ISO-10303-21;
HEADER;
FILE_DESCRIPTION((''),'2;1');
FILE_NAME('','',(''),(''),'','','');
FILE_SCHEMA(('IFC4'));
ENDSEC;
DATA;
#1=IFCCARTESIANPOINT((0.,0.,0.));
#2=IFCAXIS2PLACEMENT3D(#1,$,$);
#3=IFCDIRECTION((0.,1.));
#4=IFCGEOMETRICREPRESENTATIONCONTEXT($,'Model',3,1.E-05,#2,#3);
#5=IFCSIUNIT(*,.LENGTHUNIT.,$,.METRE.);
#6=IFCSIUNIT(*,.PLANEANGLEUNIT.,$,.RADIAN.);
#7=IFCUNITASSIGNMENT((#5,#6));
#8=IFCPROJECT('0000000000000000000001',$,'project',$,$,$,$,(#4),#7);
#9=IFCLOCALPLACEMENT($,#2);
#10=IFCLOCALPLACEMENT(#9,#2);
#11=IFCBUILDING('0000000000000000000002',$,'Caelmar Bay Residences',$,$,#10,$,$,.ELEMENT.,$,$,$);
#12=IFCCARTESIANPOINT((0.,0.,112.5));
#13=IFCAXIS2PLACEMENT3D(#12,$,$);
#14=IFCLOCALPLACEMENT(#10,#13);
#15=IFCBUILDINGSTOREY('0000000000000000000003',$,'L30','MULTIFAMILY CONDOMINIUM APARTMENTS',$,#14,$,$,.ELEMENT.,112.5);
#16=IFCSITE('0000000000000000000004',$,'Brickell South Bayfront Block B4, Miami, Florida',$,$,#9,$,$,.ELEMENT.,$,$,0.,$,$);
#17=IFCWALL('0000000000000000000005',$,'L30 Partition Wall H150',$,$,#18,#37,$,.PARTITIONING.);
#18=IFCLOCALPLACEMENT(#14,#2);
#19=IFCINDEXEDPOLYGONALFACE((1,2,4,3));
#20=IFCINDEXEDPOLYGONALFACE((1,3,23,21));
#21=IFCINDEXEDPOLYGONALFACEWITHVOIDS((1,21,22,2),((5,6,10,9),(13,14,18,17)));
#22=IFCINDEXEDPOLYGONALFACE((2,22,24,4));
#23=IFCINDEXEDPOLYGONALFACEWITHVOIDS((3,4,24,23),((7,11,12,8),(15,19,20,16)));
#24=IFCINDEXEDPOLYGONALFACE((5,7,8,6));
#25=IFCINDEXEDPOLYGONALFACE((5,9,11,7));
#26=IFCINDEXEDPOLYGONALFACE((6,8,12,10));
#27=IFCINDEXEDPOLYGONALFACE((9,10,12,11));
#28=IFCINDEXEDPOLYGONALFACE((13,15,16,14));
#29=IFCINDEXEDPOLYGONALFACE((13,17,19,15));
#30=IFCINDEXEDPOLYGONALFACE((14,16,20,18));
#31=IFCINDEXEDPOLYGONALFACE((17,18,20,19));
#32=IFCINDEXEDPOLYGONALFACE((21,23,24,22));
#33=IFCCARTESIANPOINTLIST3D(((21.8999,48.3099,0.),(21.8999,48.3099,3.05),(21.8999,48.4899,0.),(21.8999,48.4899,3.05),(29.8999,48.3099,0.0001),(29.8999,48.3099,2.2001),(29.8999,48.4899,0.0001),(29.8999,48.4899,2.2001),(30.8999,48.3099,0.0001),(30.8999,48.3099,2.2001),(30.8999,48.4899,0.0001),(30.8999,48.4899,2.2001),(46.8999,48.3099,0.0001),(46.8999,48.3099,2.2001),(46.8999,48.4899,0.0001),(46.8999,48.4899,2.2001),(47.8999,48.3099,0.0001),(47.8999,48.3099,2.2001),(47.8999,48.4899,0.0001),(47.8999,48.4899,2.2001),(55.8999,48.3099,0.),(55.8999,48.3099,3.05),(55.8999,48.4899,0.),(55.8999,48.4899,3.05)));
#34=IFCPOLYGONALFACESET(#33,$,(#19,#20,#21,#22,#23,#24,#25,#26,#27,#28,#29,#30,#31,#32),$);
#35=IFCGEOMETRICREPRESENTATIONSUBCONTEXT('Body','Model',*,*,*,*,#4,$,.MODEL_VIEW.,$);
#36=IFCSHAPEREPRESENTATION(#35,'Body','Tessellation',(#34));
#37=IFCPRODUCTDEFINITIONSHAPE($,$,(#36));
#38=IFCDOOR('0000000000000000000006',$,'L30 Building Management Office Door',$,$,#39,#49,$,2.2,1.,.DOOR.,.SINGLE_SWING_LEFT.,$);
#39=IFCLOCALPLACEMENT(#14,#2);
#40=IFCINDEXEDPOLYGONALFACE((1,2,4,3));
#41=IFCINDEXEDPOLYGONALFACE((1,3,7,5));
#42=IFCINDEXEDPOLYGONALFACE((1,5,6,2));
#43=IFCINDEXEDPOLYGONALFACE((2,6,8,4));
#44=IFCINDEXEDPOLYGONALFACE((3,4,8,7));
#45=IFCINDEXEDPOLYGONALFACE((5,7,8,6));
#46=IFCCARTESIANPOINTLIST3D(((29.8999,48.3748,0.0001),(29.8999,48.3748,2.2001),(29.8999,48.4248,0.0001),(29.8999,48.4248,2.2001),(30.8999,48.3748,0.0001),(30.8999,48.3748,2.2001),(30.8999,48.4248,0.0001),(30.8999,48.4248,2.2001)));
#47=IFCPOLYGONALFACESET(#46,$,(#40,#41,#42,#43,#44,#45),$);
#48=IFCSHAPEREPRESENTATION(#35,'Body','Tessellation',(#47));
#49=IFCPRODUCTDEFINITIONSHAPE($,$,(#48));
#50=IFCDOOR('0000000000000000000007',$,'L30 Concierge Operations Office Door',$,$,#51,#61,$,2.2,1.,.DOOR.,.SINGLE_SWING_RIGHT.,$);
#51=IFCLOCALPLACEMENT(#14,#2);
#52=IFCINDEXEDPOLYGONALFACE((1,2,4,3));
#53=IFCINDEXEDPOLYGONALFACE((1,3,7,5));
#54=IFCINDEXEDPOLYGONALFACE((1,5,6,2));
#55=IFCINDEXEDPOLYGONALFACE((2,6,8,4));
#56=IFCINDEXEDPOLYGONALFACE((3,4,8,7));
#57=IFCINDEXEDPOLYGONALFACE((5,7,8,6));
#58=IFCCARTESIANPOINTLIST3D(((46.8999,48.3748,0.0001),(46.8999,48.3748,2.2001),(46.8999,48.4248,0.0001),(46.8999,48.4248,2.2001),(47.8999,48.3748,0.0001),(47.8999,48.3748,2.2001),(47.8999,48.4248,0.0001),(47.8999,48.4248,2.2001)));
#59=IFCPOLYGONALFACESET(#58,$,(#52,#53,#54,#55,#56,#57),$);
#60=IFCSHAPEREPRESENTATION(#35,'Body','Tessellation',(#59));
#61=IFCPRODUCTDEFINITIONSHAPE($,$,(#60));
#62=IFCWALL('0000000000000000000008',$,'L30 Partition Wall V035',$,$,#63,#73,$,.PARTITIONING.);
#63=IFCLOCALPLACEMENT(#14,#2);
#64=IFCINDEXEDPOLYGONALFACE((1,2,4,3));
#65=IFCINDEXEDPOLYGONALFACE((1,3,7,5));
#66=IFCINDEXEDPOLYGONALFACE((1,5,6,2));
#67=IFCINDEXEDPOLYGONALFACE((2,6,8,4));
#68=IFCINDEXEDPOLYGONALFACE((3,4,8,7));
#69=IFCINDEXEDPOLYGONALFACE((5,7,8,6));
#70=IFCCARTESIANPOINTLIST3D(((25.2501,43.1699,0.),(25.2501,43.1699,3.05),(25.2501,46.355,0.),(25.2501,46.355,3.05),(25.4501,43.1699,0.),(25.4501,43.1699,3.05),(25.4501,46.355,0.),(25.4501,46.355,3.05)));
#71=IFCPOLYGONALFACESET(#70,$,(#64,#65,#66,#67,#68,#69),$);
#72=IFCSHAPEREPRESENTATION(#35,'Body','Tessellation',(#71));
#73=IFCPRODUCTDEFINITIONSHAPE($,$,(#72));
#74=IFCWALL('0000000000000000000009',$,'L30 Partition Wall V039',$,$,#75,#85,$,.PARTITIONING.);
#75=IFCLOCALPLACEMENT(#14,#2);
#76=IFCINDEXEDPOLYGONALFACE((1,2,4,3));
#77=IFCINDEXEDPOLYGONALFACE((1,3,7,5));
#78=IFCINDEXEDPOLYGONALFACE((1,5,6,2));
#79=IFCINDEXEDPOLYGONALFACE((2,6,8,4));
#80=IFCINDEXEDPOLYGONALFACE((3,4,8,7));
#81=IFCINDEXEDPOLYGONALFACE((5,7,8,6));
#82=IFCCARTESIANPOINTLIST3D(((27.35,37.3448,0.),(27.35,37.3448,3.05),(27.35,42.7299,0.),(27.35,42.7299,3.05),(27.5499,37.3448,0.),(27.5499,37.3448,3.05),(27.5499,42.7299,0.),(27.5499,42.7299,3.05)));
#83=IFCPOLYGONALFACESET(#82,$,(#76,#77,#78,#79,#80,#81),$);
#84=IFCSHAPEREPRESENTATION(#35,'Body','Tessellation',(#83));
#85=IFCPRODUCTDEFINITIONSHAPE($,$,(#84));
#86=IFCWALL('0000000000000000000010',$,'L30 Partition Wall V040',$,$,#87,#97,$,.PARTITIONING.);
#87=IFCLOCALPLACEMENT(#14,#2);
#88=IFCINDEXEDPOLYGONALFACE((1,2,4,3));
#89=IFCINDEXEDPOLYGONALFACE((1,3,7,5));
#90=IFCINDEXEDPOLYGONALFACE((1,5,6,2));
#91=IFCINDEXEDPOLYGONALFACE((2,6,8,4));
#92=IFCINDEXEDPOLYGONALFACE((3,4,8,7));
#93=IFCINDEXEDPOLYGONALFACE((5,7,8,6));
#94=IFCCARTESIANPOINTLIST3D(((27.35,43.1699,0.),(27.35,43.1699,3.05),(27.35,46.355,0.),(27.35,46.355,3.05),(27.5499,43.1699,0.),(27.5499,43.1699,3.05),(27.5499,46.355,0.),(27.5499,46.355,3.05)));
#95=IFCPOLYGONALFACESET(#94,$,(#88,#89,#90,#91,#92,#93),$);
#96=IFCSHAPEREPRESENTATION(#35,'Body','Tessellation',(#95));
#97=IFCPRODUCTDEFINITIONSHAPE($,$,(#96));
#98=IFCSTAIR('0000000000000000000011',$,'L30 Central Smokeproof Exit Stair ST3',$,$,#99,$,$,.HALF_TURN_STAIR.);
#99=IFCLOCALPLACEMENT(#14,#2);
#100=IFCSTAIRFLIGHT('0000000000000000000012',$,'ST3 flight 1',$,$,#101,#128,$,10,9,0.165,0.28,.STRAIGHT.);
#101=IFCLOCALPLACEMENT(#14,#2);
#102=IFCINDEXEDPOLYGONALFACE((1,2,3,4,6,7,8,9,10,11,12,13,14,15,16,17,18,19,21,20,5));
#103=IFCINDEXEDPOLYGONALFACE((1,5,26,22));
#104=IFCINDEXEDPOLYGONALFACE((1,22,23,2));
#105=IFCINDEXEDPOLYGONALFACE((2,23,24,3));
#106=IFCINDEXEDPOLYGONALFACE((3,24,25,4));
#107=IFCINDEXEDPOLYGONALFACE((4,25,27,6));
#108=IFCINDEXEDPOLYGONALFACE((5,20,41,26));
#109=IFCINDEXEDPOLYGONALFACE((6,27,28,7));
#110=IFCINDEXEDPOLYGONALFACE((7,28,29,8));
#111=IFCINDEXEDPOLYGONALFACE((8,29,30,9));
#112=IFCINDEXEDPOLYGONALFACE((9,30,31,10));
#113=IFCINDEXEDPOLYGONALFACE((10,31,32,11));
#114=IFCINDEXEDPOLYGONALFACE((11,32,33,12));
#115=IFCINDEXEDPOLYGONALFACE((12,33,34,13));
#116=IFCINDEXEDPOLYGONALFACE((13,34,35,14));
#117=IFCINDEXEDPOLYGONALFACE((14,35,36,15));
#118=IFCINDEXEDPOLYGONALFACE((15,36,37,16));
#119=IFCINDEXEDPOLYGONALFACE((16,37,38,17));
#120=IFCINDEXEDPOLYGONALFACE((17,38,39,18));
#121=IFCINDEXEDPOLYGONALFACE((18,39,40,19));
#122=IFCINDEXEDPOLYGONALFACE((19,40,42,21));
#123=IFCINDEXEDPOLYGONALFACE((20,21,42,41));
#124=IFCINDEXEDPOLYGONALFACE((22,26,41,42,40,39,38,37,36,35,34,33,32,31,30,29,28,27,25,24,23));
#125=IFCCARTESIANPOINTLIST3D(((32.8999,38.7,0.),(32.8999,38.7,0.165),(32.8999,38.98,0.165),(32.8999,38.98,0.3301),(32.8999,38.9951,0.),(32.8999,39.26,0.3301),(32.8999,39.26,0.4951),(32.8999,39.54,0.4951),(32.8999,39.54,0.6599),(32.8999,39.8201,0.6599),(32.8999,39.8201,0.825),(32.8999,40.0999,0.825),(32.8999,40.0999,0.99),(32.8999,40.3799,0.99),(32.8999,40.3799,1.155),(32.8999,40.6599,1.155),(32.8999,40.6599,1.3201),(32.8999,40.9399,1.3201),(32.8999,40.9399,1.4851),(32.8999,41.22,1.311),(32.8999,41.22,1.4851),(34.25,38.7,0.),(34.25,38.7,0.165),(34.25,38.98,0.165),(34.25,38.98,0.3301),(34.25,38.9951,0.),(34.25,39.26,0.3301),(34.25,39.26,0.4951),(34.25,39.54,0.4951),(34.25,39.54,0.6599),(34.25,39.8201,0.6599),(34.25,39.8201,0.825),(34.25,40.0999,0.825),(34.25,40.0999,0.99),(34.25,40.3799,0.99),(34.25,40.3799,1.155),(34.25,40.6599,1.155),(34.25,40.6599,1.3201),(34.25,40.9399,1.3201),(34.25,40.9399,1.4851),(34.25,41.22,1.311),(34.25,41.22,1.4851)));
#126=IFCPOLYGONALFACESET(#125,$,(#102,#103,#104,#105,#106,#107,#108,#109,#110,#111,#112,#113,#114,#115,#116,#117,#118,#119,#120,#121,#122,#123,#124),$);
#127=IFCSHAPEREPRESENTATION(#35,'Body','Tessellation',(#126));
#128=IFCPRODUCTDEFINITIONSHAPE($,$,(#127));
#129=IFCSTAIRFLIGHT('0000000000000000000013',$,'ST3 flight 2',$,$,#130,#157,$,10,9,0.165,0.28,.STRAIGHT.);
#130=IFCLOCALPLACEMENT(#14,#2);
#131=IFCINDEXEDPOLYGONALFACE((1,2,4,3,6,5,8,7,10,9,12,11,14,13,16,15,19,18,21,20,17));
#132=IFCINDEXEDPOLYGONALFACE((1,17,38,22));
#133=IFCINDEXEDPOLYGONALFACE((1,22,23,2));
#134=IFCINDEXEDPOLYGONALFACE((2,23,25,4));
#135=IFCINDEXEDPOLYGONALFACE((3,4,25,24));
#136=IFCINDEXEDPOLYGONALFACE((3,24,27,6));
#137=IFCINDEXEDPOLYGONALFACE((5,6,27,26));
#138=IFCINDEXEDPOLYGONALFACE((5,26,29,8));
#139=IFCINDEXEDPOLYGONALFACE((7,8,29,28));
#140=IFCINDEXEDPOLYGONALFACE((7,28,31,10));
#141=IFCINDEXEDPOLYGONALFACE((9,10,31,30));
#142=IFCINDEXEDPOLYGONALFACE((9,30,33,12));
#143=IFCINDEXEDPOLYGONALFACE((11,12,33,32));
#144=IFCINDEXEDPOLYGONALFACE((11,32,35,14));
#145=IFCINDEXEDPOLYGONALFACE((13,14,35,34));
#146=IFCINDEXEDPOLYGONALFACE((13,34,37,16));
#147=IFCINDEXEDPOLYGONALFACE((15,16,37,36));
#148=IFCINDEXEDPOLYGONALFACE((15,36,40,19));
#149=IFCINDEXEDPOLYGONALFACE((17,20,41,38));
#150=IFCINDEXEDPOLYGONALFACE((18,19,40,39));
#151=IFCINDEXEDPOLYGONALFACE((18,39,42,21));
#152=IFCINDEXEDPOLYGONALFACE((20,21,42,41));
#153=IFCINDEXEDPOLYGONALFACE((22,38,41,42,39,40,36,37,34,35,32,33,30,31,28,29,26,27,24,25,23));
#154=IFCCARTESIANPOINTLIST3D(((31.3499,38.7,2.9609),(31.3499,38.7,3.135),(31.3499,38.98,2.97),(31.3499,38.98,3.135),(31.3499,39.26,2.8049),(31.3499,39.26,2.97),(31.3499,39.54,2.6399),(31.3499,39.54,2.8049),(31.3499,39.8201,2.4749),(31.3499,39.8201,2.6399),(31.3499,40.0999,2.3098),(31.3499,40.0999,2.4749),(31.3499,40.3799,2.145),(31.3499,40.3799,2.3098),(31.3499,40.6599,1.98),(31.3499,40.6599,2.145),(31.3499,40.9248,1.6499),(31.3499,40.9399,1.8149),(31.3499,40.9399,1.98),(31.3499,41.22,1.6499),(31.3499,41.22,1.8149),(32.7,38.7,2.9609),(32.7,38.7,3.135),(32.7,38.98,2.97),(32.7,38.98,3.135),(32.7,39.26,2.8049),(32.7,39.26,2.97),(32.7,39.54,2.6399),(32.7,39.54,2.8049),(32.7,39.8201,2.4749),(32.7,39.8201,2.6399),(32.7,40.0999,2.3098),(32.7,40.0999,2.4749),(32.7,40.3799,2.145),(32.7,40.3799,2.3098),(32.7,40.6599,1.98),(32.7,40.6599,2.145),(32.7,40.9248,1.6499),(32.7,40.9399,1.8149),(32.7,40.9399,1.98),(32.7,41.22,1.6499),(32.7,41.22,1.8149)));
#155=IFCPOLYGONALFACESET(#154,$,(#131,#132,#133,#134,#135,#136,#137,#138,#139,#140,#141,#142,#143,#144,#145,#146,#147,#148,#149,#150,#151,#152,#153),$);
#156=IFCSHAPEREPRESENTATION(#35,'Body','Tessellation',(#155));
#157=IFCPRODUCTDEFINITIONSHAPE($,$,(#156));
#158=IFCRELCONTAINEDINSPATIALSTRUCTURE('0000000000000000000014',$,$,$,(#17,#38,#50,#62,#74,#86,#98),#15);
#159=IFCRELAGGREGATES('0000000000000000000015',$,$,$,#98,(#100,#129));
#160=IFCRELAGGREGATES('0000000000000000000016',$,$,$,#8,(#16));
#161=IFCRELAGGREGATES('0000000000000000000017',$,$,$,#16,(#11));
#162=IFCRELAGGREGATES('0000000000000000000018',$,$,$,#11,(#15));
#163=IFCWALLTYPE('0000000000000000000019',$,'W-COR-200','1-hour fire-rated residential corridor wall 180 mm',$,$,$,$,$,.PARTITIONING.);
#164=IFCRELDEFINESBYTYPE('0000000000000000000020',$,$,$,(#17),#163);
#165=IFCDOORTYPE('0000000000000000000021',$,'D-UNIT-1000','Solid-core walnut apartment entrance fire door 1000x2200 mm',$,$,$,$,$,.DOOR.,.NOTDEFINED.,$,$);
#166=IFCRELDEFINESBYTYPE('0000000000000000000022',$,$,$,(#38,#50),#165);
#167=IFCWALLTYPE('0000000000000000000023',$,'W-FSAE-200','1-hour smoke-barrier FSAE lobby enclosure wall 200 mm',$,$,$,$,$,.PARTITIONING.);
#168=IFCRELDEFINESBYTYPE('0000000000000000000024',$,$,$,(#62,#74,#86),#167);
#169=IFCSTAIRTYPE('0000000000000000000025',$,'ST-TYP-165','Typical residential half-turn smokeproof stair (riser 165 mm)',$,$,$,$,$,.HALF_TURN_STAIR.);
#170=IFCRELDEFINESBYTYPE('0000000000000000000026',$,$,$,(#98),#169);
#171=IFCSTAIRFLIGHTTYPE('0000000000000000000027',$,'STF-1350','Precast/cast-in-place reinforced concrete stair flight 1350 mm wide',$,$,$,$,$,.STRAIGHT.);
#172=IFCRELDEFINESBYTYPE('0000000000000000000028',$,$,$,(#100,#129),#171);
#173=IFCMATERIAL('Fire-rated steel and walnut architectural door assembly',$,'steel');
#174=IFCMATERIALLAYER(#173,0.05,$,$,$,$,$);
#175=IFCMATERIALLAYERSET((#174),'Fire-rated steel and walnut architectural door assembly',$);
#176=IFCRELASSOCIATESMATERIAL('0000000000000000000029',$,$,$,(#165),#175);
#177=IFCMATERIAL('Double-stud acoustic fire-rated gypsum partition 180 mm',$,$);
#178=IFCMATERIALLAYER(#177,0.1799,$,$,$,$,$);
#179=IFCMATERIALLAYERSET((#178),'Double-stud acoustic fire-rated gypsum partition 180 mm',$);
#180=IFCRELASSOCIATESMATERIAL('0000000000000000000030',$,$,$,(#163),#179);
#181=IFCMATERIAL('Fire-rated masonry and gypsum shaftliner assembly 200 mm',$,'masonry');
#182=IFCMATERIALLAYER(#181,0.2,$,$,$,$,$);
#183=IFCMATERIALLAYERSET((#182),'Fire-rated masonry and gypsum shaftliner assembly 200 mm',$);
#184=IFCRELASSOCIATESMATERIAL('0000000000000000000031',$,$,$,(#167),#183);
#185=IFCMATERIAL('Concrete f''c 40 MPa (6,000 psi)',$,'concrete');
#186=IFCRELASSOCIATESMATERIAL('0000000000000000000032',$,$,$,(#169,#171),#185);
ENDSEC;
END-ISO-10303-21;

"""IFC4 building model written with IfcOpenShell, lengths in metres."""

from ifc_helpers import new_model, si_unit, direction, frame, frame_2d, origin, place, context, subcontext, project, spatial, polyline, rectangle, outline, extrude, material, layer, layer_set, type_object, element, fill, aggregate, save


model = new_model("IFC4")

# Units and contexts
model_context = context("Model", 3, precision=1e-05, world=origin(), true_north=direction((0.0, 1.0)))
body_context = subcontext(model_context, "Body", "Model", "MODEL_VIEW")
ifc_project = project(units=[si_unit("LENGTHUNIT", "METRE"), si_unit("PLANEANGLEUNIT", "RADIAN")], contexts=[model_context])

# Site, building, storey
site_placement = place(None, origin())
site = spatial("IfcSite", under=ifc_project, at=site_placement, Name="Brickell South Bayfront Block B4, Miami, Florida", CompositionType="ELEMENT", RefElevation=0.0)
building_placement = place(site_placement, origin())
building = spatial("IfcBuilding", under=site, at=building_placement, Name="Caelmar Bay Residences", CompositionType="ELEMENT")
storey_placement = place(building_placement, frame((0.0, 0.0, 112.5)))
storey = spatial("IfcBuildingStorey", under=building, at=storey_placement, Name="L30", Description="MULTIFAMILY CONDOMINIUM APARTMENTS", CompositionType="ELEMENT", Elevation=112.5)

# Wall, openings, doors
ifc_material_1 = material(Name="Fire-rated steel and walnut architectural door assembly", Category="steel")
ifc_layer_1 = layer(ifc_material_1, 0.05)
ifc_layer_set_1 = layer_set([ifc_layer_1], Name="Fire-rated steel and walnut architectural door assembly")
door_type_1 = type_object("IfcDoorType", Name="D-UNIT-1000", Description="Solid-core walnut apartment entrance fire door 1000x2200 mm", OperationType="NOTDEFINED", PredefinedType="DOOR", material=ifc_layer_set_1)
ifc_material_2 = material(Name="Double-stud acoustic fire-rated gypsum partition 180 mm")
ifc_layer_2 = layer(ifc_material_2, 0.1799)
ifc_layer_set_2 = layer_set([ifc_layer_2], Name="Double-stud acoustic fire-rated gypsum partition 180 mm")
wall_type_1 = type_object("IfcWallType", Name="W-COR-200", Description="1-hour fire-rated residential corridor wall 180 mm", PredefinedType="PARTITIONING", material=ifc_layer_set_2)
wall_1_placement = place(storey_placement, frame((21.8999, 48.3999, 0.0), z_axis=(0.0, 0.0, 1.0), x_axis=(1.0, 0.0, 0.0)))
wall_1 = element("IfcWall", 1, at=wall_1_placement, inside=storey, type_object=wall_type_1, Name="L30 Partition Wall H150", PredefinedType="PARTITIONING", context=body_context, shape_type="SweptSolid", body=[
    extrude(rectangle(XDim=34.0, YDim=0.1799, at=frame_2d((17.0, 0.0))), origin(), (0.0, 0.0, 1.0), 3.05),
])
opening_1_placement = place(wall_1_placement, frame((8.0, 0.0, 0.0)))
opening_1 = element("IfcOpeningElement", 2, at=opening_1_placement, cuts=wall_1, PredefinedType="OPENING", context=body_context, shape_type="SweptSolid", body=[
    extrude(rectangle(XDim=1.0, YDim=2.2, at=frame_2d((0.5, 1.1001))), frame((0.0, 0.0999, 0.0), z_axis=(0.0, -1.0, 0.0), x_axis=(1.0, 0.0, 0.0)), (0.0, 0.0, 1.0), 0.2),
])
opening_2_placement = place(wall_1_placement, frame((25.0, 0.0, 0.0)))
opening_2 = element("IfcOpeningElement", 3, at=opening_2_placement, cuts=wall_1, PredefinedType="OPENING", context=body_context, shape_type="SweptSolid", body=[
    extrude(rectangle(XDim=1.0, YDim=2.2, at=frame_2d((0.5, 1.1001))), frame((0.0, 0.0999, 0.0), z_axis=(0.0, -1.0, 0.0), x_axis=(1.0, 0.0, 0.0)), (0.0, 0.0, 1.0), 0.2),
])
door_1_placement = place(opening_1_placement, origin())
door_1 = element("IfcDoor", 4, at=door_1_placement, inside=storey, type_object=door_type_1, Name="L30 Building Management Office Door", OperationType="SINGLE_SWING_LEFT", OverallHeight=2.2, OverallWidth=1.0, PredefinedType="DOOR", context=body_context, shape_type="SweptSolid", body=[
    extrude(rectangle(XDim=1.0, YDim=2.2, at=frame_2d((0.5, 1.1001))), frame((0.0, 0.0249, 0.0), z_axis=(0.0, -1.0, 0.0), x_axis=(1.0, 0.0, 0.0)), (0.0, 0.0, 1.0), 0.05),
])
fill(opening_1, door_1)
door_2_placement = place(opening_2_placement, origin())
door_2 = element("IfcDoor", 5, at=door_2_placement, inside=storey, type_object=door_type_1, Name="L30 Concierge Operations Office Door", OperationType="SINGLE_SWING_RIGHT", OverallHeight=2.2, OverallWidth=1.0, PredefinedType="DOOR", context=body_context, shape_type="SweptSolid", body=[
    extrude(rectangle(XDim=1.0, YDim=2.2, at=frame_2d((0.5, 1.1001))), frame((0.0, 0.0249, 0.0), z_axis=(0.0, -1.0, 0.0), x_axis=(1.0, 0.0, 0.0)), (0.0, 0.0, 1.0), 0.05),
])
fill(opening_2, door_2)

# Walls
ifc_material_3 = material(Name="Fire-rated masonry and gypsum shaftliner assembly 200 mm", Category="masonry")
ifc_layer_3 = layer(ifc_material_3, 0.2)
ifc_layer_set_3 = layer_set([ifc_layer_3], Name="Fire-rated masonry and gypsum shaftliner assembly 200 mm")
wall_type_2 = type_object("IfcWallType", Name="W-FSAE-200", Description="1-hour smoke-barrier FSAE lobby enclosure wall 200 mm", PredefinedType="PARTITIONING", material=ifc_layer_set_3)
wall_2_placement = place(storey_placement, frame((25.3501, 43.1699, 0.0), z_axis=(0.0, 0.0, 1.0), x_axis=(0.0, 1.0, 0.0)))
element("IfcWall", 6, at=wall_2_placement, inside=storey, type_object=wall_type_2, Name="L30 Partition Wall V035", PredefinedType="PARTITIONING", context=body_context, shape_type="SweptSolid", body=[
    extrude(rectangle(XDim=3.1851, YDim=0.2, at=frame_2d((1.5925, 0.0))), origin(), (0.0, 0.0, 1.0), 3.05),
])
wall_3_placement = place(storey_placement, frame((27.45, 37.345, 0.0), z_axis=(0.0, 0.0, 1.0), x_axis=(0.0, 1.0, 0.0)))
element("IfcWall", 7, at=wall_3_placement, inside=storey, type_object=wall_type_2, Name="L30 Partition Wall V039", PredefinedType="PARTITIONING", context=body_context, shape_type="SweptSolid", body=[
    extrude(rectangle(XDim=5.385, YDim=0.2, at=frame_2d((2.6924, 0.0))), origin(), (0.0, 0.0, 1.0), 3.05),
])
wall_4_placement = place(storey_placement, frame((27.45, 43.1699, 0.0), z_axis=(0.0, 0.0, 1.0), x_axis=(0.0, 1.0, 0.0)))
element("IfcWall", 8, at=wall_4_placement, inside=storey, type_object=wall_type_2, Name="L30 Partition Wall V040", PredefinedType="PARTITIONING", context=body_context, shape_type="SweptSolid", body=[
    extrude(rectangle(XDim=3.1851, YDim=0.2, at=frame_2d((1.5925, 0.0))), origin(), (0.0, 0.0, 1.0), 3.05),
])

# Stair, stair flights
ifc_material_4 = material(Name="Concrete f'c 40 MPa (6,000 psi)", Category="concrete")
stair_type = type_object("IfcStairType", Name="ST-TYP-165", Description="Typical residential half-turn smokeproof stair (riser 165 mm)", PredefinedType="HALF_TURN_STAIR", material=ifc_material_4)
stair_placement = place(storey_placement, origin())
stair = element("IfcStair", 9, at=stair_placement, inside=storey, type_object=stair_type, Name="L30 Central Smokeproof Exit Stair ST3", PredefinedType="HALF_TURN_STAIR")
stair_flight_type = type_object("IfcStairFlightType", Name="STF-1350", Description="Precast/cast-in-place reinforced concrete stair flight 1350 mm wide", PredefinedType="STRAIGHT", material=ifc_material_4)
stair_flight_1_placement = place(storey_placement, frame((33.575, 38.7, 0.0), z_axis=(0.0, 0.0, 1.0), x_axis=(0.0, 1.0, 0.0)))
stair_flight_1 = element("IfcStairFlight", 10, at=stair_flight_1_placement, type_object=stair_flight_type, Name="ST3 flight 1", NumberOfRisers=10, NumberOfTreads=9, PredefinedType="STRAIGHT", RiserHeight=0.165, TreadLength=0.28, context=body_context, shape_type="SweptSolid", body=[
    extrude(outline(polyline([(0.0, 0.0), (0.0, 0.165), (0.28, 0.165), (0.28, 0.3301), (0.5601, 0.3301), (0.5601, 0.4951), (0.8401, 0.4951), (0.8401, 0.6599), (1.1201, 0.6599), (1.1201, 0.825), (1.3999, 0.825), (1.3999, 0.99), (1.6799, 0.99), (1.6799, 1.155), (1.96, 1.155), (1.96, 1.3201), (2.24, 1.3201), (2.24, 1.4851), (2.52, 1.4851), (2.52, 1.6499), (2.52, 1.311), (0.2952, 0.0), (0.0, 0.0)])), frame((0.0, 0.675, 0.0), z_axis=(0.0, -1.0, 0.0), x_axis=(1.0, 0.0, 0.0)), (0.0, 0.0, 1.0), 1.3501),
])
stair_flight_2_placement = place(storey_placement, frame((32.0249, 41.22, 1.6499), z_axis=(0.0, 0.0, 1.0), x_axis=(0.0, -1.0, 0.0)))
stair_flight_2 = element("IfcStairFlight", 11, at=stair_flight_2_placement, type_object=stair_flight_type, Name="ST3 flight 2", NumberOfRisers=10, NumberOfTreads=9, PredefinedType="STRAIGHT", RiserHeight=0.165, TreadLength=0.28, context=body_context, shape_type="SweptSolid", body=[
    extrude(outline(polyline([(0.0, 0.0), (0.0, 0.165), (0.28, 0.165), (0.28, 0.3301), (0.5601, 0.3301), (0.5601, 0.4951), (0.8401, 0.4951), (0.8401, 0.6599), (1.1201, 0.6599), (1.1201, 0.825), (1.3999, 0.825), (1.3999, 0.99), (1.6799, 0.99), (1.6799, 1.155), (1.96, 1.155), (1.96, 1.3201), (2.24, 1.3201), (2.24, 1.4851), (2.52, 1.4851), (2.52, 1.6499), (2.52, 1.311), (0.2952, 0.0), (0.0, 0.0)])), frame((0.0, 0.675, 0.0), z_axis=(0.0, -1.0, 0.0), x_axis=(1.0, 0.0, 0.0)), (0.0, 0.0, 1.0), 1.3501),
])
aggregate(stair, [stair_flight_1, stair_flight_2])

save(model, "model.ifc")
